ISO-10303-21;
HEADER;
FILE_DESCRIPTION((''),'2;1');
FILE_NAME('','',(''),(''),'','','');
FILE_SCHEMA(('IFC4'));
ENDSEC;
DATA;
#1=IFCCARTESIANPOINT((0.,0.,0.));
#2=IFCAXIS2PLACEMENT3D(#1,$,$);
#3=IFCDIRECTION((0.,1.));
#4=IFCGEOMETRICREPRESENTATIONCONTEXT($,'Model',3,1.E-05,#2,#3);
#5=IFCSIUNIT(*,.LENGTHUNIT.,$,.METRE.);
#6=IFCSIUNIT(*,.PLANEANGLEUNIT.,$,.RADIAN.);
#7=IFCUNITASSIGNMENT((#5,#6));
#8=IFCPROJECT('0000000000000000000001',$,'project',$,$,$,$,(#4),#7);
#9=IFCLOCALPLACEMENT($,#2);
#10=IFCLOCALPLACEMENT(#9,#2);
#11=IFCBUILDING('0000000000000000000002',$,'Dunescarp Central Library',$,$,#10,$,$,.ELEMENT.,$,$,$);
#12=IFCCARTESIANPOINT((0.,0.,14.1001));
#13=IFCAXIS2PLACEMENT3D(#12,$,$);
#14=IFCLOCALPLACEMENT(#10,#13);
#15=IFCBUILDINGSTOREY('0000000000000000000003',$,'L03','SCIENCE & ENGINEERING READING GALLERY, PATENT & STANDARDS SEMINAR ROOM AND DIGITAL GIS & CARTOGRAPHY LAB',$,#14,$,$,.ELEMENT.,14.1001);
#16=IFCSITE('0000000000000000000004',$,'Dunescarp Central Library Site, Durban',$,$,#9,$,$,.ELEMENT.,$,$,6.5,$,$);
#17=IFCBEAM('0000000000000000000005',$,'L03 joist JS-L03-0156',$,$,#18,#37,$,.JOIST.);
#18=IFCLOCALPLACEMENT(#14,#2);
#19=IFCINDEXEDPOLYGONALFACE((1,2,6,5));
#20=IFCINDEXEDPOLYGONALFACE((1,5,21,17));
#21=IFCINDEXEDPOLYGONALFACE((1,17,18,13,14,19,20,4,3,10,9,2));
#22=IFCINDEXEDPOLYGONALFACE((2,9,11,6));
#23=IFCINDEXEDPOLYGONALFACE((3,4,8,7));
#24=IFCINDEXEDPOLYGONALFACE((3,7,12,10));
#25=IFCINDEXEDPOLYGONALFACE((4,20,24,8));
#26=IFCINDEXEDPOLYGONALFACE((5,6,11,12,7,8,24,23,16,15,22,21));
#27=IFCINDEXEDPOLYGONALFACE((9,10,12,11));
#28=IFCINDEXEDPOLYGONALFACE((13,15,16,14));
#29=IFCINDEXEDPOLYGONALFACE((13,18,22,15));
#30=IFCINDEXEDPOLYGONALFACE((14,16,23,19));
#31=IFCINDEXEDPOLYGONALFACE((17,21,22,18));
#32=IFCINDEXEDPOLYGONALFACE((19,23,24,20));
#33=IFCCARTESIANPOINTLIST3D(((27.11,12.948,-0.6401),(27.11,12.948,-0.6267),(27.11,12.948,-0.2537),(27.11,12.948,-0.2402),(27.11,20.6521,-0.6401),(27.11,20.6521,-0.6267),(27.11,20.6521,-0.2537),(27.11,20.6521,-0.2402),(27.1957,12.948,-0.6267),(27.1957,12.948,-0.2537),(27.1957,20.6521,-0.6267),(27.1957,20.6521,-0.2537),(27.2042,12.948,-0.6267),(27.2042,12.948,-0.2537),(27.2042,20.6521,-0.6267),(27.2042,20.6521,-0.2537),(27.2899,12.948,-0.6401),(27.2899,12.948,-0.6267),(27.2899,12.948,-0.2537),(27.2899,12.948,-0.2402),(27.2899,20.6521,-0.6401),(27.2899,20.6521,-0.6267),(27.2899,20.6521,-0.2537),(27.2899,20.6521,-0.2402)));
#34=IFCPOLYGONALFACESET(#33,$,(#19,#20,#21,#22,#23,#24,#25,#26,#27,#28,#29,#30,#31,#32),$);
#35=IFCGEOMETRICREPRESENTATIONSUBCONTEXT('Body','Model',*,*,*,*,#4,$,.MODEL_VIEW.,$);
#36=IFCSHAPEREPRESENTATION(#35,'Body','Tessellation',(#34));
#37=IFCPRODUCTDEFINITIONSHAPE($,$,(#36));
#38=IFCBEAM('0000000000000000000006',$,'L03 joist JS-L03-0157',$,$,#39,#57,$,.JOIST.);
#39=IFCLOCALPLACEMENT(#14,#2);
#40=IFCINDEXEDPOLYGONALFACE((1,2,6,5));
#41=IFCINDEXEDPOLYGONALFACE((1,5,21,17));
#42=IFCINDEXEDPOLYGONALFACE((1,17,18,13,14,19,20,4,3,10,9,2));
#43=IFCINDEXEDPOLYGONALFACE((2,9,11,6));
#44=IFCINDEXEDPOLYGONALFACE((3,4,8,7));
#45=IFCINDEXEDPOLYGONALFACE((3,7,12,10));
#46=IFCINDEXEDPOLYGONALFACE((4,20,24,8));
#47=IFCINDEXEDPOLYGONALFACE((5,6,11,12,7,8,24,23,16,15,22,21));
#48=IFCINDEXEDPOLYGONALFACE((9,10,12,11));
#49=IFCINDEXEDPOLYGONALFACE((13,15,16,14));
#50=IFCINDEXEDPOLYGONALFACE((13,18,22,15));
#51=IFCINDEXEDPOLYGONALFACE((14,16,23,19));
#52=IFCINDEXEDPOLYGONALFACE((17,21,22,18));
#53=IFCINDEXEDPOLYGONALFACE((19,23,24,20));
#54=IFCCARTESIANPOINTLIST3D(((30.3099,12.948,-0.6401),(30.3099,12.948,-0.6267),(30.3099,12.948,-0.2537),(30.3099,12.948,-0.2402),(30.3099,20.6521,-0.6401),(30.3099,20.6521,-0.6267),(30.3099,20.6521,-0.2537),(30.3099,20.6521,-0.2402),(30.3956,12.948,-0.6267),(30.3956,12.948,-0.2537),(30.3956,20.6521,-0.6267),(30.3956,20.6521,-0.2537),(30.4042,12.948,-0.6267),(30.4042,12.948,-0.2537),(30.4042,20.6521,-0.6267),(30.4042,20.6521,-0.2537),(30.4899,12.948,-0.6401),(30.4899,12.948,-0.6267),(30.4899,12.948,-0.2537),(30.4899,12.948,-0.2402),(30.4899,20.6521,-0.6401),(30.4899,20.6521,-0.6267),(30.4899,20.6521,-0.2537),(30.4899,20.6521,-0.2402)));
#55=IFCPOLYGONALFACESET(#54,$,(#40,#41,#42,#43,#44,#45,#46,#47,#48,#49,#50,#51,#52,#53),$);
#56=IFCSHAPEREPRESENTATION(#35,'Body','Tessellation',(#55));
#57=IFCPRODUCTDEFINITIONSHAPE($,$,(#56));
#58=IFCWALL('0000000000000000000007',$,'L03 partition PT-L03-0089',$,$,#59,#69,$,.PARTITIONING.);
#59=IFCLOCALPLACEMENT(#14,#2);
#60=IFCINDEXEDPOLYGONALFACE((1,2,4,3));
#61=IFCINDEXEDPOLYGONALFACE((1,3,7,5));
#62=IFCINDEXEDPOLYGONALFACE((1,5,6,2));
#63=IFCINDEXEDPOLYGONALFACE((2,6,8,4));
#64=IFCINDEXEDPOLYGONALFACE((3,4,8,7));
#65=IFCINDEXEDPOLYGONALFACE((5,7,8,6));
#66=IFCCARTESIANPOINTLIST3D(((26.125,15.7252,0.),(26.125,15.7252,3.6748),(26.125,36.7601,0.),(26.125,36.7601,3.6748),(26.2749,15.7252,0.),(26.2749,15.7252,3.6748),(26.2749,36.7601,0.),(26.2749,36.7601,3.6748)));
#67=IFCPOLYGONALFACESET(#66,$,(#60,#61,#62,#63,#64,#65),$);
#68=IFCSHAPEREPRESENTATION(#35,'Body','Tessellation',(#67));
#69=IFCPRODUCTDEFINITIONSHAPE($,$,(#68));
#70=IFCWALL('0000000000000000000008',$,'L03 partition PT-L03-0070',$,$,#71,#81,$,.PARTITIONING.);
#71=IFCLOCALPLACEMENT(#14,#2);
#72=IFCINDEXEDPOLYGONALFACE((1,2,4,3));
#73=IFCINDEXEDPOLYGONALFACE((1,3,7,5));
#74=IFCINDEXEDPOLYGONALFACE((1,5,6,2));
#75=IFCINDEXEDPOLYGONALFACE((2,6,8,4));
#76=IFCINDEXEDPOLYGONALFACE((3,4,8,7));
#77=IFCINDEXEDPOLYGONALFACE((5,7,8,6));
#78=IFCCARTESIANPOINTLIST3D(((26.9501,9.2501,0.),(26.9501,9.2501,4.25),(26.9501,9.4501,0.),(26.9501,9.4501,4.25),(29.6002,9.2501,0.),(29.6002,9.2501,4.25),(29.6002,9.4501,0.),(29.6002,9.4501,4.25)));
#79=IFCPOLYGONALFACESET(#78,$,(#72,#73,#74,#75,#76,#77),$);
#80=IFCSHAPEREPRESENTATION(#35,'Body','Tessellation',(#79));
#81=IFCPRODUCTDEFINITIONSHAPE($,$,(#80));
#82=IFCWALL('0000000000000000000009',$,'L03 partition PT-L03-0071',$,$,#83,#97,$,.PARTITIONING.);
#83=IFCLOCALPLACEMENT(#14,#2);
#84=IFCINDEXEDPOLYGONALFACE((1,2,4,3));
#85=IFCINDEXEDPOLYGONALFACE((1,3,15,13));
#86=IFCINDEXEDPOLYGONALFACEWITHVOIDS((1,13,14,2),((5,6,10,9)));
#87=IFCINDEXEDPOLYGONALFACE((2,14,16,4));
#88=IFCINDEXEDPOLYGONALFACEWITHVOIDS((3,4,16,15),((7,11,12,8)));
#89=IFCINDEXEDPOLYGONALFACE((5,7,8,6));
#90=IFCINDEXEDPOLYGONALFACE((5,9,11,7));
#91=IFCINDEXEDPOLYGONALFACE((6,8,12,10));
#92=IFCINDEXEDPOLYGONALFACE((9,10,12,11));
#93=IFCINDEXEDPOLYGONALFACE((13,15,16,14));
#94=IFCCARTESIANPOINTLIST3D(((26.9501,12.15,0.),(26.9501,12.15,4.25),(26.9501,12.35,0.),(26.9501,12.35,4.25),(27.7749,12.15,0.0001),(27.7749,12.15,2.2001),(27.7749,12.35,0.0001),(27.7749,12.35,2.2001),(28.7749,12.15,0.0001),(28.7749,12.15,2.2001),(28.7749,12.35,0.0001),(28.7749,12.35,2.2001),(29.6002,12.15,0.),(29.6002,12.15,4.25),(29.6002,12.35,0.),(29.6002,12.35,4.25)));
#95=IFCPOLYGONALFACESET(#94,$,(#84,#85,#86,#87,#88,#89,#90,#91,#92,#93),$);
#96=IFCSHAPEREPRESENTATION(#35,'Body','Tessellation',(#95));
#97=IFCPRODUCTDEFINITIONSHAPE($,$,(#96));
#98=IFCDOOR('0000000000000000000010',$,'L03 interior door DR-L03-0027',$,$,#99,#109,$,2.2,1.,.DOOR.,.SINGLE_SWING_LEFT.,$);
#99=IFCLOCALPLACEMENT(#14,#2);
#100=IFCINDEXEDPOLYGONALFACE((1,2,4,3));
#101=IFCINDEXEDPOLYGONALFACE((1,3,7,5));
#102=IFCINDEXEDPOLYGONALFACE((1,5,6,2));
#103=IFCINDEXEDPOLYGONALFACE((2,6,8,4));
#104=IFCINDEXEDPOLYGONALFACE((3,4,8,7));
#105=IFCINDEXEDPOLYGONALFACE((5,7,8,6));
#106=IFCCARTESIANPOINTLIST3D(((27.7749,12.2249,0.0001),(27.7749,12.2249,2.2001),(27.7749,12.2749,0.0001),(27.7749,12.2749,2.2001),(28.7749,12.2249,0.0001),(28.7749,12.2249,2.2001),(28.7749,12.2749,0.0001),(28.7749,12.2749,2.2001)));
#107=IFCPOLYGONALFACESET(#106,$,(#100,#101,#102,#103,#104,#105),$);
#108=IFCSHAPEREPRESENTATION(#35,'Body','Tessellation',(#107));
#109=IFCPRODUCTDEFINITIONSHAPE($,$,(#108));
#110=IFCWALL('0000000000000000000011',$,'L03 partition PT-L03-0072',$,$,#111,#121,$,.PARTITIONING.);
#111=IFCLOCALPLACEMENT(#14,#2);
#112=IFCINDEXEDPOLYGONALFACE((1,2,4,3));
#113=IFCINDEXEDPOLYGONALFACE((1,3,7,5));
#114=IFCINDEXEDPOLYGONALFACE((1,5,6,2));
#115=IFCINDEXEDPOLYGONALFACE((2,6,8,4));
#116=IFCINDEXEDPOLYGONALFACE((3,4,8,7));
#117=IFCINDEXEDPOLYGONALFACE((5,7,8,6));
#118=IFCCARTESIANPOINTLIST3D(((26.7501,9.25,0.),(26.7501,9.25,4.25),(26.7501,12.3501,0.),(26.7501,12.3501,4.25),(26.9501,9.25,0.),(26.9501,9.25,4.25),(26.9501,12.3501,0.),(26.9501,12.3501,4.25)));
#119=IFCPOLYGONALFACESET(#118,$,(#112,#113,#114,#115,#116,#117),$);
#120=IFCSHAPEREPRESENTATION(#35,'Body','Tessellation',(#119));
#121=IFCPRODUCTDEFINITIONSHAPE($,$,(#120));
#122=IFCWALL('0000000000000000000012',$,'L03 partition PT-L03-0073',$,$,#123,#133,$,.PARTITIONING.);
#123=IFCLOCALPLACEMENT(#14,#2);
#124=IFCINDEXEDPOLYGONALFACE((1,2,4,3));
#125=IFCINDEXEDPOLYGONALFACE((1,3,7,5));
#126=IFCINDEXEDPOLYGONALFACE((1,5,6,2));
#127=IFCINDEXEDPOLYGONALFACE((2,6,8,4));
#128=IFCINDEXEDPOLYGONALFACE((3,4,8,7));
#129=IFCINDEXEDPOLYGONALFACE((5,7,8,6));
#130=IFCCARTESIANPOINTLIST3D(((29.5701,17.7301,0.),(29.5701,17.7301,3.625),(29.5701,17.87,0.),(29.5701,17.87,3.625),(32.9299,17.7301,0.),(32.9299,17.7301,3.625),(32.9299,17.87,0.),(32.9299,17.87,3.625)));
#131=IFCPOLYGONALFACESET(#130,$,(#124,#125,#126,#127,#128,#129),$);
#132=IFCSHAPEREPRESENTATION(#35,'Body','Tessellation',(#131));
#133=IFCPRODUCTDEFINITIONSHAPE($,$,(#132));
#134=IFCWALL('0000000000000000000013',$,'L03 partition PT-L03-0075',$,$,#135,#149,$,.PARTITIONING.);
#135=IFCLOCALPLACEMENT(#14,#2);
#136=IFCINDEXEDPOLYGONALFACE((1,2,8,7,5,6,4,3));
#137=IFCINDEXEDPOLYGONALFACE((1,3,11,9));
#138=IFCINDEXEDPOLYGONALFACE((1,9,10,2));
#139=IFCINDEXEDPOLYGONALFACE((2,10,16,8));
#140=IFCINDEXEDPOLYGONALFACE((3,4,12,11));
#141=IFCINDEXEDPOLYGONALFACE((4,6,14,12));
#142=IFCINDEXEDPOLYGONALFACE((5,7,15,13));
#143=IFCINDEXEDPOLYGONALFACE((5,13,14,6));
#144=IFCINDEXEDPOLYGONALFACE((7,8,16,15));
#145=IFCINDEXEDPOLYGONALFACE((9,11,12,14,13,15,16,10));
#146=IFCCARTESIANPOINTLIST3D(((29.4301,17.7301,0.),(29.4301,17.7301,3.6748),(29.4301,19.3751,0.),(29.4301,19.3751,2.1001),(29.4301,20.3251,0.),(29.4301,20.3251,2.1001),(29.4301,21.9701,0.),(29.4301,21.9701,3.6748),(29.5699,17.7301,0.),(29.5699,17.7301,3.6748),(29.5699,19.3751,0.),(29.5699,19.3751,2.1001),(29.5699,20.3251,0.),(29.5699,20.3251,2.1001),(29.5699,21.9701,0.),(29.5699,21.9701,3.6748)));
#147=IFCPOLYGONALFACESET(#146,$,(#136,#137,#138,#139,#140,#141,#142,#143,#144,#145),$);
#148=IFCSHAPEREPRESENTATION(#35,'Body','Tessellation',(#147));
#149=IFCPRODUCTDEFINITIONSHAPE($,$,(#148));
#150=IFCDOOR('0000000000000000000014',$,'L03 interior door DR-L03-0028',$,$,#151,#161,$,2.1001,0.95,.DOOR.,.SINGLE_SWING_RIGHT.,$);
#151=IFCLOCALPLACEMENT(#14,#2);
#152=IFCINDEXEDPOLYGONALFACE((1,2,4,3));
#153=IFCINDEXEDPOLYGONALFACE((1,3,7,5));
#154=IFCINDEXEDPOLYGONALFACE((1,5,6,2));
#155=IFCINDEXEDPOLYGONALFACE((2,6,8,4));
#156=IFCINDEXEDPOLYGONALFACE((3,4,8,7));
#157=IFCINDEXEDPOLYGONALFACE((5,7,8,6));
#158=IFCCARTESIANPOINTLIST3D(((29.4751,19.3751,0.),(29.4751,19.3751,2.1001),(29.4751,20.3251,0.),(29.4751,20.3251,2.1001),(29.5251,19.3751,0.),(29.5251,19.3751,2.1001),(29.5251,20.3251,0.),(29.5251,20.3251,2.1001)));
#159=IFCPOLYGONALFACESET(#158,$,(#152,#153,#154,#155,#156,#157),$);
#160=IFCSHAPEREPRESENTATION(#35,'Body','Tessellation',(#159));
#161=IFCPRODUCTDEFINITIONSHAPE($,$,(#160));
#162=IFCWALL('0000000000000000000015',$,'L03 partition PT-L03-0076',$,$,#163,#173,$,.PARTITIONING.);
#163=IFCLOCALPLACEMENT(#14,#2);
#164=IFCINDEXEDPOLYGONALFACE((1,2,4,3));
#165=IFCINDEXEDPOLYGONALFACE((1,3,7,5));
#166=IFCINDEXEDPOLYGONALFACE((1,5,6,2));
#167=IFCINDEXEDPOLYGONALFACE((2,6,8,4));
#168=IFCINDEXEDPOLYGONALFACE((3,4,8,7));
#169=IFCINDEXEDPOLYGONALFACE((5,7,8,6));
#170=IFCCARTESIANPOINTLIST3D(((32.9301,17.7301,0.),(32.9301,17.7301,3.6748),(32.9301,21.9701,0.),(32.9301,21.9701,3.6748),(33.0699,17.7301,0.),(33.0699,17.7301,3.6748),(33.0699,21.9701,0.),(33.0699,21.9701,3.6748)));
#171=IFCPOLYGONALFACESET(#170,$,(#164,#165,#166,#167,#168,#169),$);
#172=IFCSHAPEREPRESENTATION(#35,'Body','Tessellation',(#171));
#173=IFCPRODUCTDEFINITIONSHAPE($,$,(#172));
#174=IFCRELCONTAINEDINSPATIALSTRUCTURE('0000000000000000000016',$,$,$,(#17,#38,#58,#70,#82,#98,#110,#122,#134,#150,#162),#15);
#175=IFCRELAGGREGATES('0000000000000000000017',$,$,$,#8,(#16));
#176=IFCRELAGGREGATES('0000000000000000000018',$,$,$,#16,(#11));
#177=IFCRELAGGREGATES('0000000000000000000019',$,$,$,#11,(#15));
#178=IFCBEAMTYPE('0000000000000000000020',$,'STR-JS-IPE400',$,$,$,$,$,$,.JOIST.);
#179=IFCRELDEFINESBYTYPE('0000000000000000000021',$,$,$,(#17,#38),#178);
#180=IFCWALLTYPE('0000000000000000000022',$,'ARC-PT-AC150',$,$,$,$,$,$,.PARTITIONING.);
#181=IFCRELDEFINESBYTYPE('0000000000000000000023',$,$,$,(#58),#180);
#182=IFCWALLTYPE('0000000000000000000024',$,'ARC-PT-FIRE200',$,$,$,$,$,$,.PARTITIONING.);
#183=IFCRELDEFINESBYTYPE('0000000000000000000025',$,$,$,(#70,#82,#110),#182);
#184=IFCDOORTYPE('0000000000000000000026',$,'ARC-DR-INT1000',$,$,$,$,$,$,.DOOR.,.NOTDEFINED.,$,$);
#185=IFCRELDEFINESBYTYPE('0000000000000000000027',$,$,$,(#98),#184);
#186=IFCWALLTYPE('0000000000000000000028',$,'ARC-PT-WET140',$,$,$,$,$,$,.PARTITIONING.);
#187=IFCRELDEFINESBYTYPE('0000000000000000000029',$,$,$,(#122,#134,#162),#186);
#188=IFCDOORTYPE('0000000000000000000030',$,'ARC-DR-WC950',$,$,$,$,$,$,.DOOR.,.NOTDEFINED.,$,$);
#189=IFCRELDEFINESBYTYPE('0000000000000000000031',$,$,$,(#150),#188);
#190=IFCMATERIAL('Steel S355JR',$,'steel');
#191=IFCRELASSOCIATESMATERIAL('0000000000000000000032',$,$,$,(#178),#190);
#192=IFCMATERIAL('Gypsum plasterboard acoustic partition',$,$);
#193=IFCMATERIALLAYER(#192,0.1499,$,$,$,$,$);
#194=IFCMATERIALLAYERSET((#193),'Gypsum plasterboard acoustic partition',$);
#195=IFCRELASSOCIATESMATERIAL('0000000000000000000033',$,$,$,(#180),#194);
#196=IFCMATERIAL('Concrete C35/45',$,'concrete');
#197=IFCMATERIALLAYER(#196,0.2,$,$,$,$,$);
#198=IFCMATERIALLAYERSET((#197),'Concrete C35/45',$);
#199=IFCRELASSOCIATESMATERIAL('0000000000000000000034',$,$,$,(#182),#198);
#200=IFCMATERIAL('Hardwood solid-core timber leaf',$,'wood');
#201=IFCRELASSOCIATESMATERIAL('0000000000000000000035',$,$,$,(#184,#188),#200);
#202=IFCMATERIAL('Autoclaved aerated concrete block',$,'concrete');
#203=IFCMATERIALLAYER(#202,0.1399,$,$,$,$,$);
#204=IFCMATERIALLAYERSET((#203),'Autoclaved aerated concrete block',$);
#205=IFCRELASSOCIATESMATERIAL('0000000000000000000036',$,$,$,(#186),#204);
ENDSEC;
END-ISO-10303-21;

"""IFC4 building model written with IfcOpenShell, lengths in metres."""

from ifc_helpers import new_model, si_unit, direction, frame, frame_2d, origin, origin_2d, place, context, subcontext, project, spatial, rectangle, i_section, extrude, material, layer, layer_set, material_profile, profile_set, type_object, element, fill, save


model = new_model("IFC4")

# Units and contexts
model_context = context("Model", 3, precision=1e-05, world=origin(), true_north=direction((0.0, 1.0)))
body_context = subcontext(model_context, "Body", "Model", "MODEL_VIEW")
ifc_project = project(units=[si_unit("LENGTHUNIT", "METRE"), si_unit("PLANEANGLEUNIT", "RADIAN")], contexts=[model_context])

# Site, building, storey
site_placement = place(None, origin())
site = spatial("IfcSite", under=ifc_project, at=site_placement, Name="Dunescarp Central Library Site, Durban", CompositionType="ELEMENT", RefElevation=6.5)
building_placement = place(site_placement, origin())
building = spatial("IfcBuilding", under=site, at=building_placement, Name="Dunescarp Central Library", CompositionType="ELEMENT")
storey_placement = place(building_placement, frame((0.0, 0.0, 14.1001)))
storey = spatial("IfcBuildingStorey", under=building, at=storey_placement, Name="L03", Description="SCIENCE & ENGINEERING READING GALLERY, PATENT & STANDARDS SEMINAR ROOM AND DIGITAL GIS & CARTOGRAPHY LAB", CompositionType="ELEMENT", Elevation=14.1001)

# Beams
ifc_material_1 = material(Name="Steel S355JR", Category="steel")
ifc_material_profile = material_profile(ifc_material_1, i_section(OverallWidth=0.1799, OverallDepth=0.3999, WebThickness=0.0085, FlangeThickness=0.0134, at=origin_2d()), Name="IPE 400")
ifc_profile_set = profile_set([ifc_material_profile], Name="Steel S355JR")
beam_type = type_object("IfcBeamType", Name="STR-JS-IPE400", PredefinedType="JOIST", material=ifc_profile_set)
for number, where, z_axis, x_axis, name in (
    (1, (27.2, 12.948, -0.4402), (0.0, 1.0, 0.0), (-1.0, 0.0, 0.0), "L03 joist JS-L03-0156"),
    (2, (30.3999, 12.948, -0.4402), (0.0, 1.0, 0.0), (-1.0, 0.0, 0.0), "L03 joist JS-L03-0157"),
):
    element("IfcBeam", number, at=place(storey_placement, frame(where, z_axis=z_axis, x_axis=x_axis)), inside=storey, type_object=beam_type, Name=name, PredefinedType="JOIST", context=body_context, shape_type="SweptSolid", body=[
        extrude(i_section(OverallWidth=0.1799, OverallDepth=0.3999, WebThickness=0.0085, FlangeThickness=0.0134, at=origin_2d()), origin(), (0.0, 0.0, 1.0), 7.7041),
    ])

# Walls
ifc_material_2 = material(Name="Gypsum plasterboard acoustic partition")
ifc_layer_1 = layer(ifc_material_2, 0.1499)
ifc_layer_set_1 = layer_set([ifc_layer_1], Name="Gypsum plasterboard acoustic partition")
wall_type_1 = type_object("IfcWallType", Name="ARC-PT-AC150", PredefinedType="PARTITIONING", material=ifc_layer_set_1)
wall_1_placement = place(storey_placement, frame((26.2, 15.7251, 0.0), z_axis=(0.0, 0.0, 1.0), x_axis=(0.0, 1.0, 0.0)))
element("IfcWall", 3, at=wall_1_placement, inside=storey, type_object=wall_type_1, Name="L03 partition PT-L03-0089", PredefinedType="PARTITIONING", context=body_context, shape_type="SweptSolid", body=[
    extrude(rectangle(XDim=21.0349, YDim=0.1499, at=frame_2d((10.5176, 0.0))), origin(), (0.0, 0.0, 1.0), 3.6748),
])
ifc_material_3 = material(Name="Concrete C35/45", Category="concrete")
ifc_layer_2 = layer(ifc_material_3, 0.2)
ifc_layer_set_2 = layer_set([ifc_layer_2], Name="Concrete C35/45")
wall_type_2 = type_object("IfcWallType", Name="ARC-PT-FIRE200", PredefinedType="PARTITIONING", material=ifc_layer_set_2)
wall_2_placement = place(storey_placement, frame((26.95, 9.3501, 0.0), z_axis=(0.0, 0.0, 1.0), x_axis=(1.0, 0.0, 0.0)))
element("IfcWall", 4, at=wall_2_placement, inside=storey, type_object=wall_type_2, Name="L03 partition PT-L03-0070", PredefinedType="PARTITIONING", context=body_context, shape_type="SweptSolid", body=[
    extrude(rectangle(XDim=2.6501, YDim=0.2, at=frame_2d((1.3252, 0.0))), origin(), (0.0, 0.0, 1.0), 4.25),
])

# Wall, opening, door
wall_3_placement = place(storey_placement, frame((26.95, 12.25, 0.0), z_axis=(0.0, 0.0, 1.0), x_axis=(1.0, 0.0, 0.0)))
wall_3 = element("IfcWall", 5, at=wall_3_placement, inside=storey, type_object=wall_type_2, Name="L03 partition PT-L03-0071", PredefinedType="PARTITIONING", context=body_context, shape_type="SweptSolid", body=[
    extrude(rectangle(XDim=2.6501, YDim=0.2, at=frame_2d((1.3252, 0.0))), origin(), (0.0, 0.0, 1.0), 4.25),
])
opening_1_placement = place(wall_3_placement, frame((0.825, 0.0, 0.0)))
opening_1 = element("IfcOpeningElement", 6, at=opening_1_placement, cuts=wall_3, PredefinedType="OPENING", context=body_context, shape_type="SweptSolid", body=[
    extrude(rectangle(XDim=1.0, YDim=2.2, at=frame_2d((0.5, 1.1001))), frame((0.0, 0.1099, 0.0), z_axis=(0.0, -1.0, 0.0), x_axis=(1.0, 0.0, 0.0)), (0.0, 0.0, 1.0), 0.22),
])
ifc_material_4 = material(Name="Hardwood solid-core timber leaf", Category="wood")
door_type_1 = type_object("IfcDoorType", Name="ARC-DR-INT1000", OperationType="NOTDEFINED", PredefinedType="DOOR", material=ifc_material_4)
door_1_placement = place(opening_1_placement, origin())
door_1 = element("IfcDoor", 7, at=door_1_placement, inside=storey, type_object=door_type_1, Name="L03 interior door DR-L03-0027", OperationType="SINGLE_SWING_LEFT", OverallHeight=2.2, OverallWidth=1.0, PredefinedType="DOOR", context=body_context, shape_type="SweptSolid", body=[
    extrude(rectangle(XDim=1.0, YDim=2.2, at=frame_2d((0.5, 1.1001))), frame((0.0, 0.0249, 0.0), z_axis=(0.0, -1.0, 0.0), x_axis=(1.0, 0.0, 0.0)), (0.0, 0.0, 1.0), 0.05),
])
fill(opening_1, door_1)

# Walls
wall_4_placement = place(storey_placement, frame((26.8501, 9.25, 0.0), z_axis=(0.0, 0.0, 1.0), x_axis=(0.0, 1.0, 0.0)))
element("IfcWall", 8, at=wall_4_placement, inside=storey, type_object=wall_type_2, Name="L03 partition PT-L03-0072", PredefinedType="PARTITIONING", context=body_context, shape_type="SweptSolid", body=[
    extrude(rectangle(XDim=3.1001, YDim=0.2, at=frame_2d((1.55, 0.0))), origin(), (0.0, 0.0, 1.0), 4.25),
])
ifc_material_5 = material(Name="Autoclaved aerated concrete block", Category="concrete")
ifc_layer_3 = layer(ifc_material_5, 0.1399)
ifc_layer_set_3 = layer_set([ifc_layer_3], Name="Autoclaved aerated concrete block")
wall_type_3 = type_object("IfcWallType", Name="ARC-PT-WET140", PredefinedType="PARTITIONING", material=ifc_layer_set_3)
wall_5_placement = place(storey_placement, frame((29.5701, 17.8, 0.0), z_axis=(0.0, 0.0, 1.0), x_axis=(1.0, 0.0, 0.0)))
element("IfcWall", 9, at=wall_5_placement, inside=storey, type_object=wall_type_3, Name="L03 partition PT-L03-0073", PredefinedType="PARTITIONING", context=body_context, shape_type="SweptSolid", body=[
    extrude(rectangle(XDim=3.3599, YDim=0.1399, at=frame_2d((1.6799, 0.0))), origin(), (0.0, 0.0, 1.0), 3.625),
])

# Wall, opening, door
wall_6_placement = place(storey_placement, frame((29.5, 17.73, 0.0), z_axis=(0.0, 0.0, 1.0), x_axis=(0.0, 1.0, 0.0)))
wall_6 = element("IfcWall", 10, at=wall_6_placement, inside=storey, type_object=wall_type_3, Name="L03 partition PT-L03-0075", PredefinedType="PARTITIONING", context=body_context, shape_type="SweptSolid", body=[
    extrude(rectangle(XDim=4.24, YDim=0.1399, at=frame_2d((2.1201, 0.0))), origin(), (0.0, 0.0, 1.0), 3.6748),
])
opening_2_placement = place(wall_6_placement, frame((1.645, 0.0, 0.0)))
opening_2 = element("IfcOpeningElement", 11, at=opening_2_placement, cuts=wall_6, PredefinedType="OPENING", context=body_context, shape_type="SweptSolid", body=[
    extrude(rectangle(XDim=0.95, YDim=2.1001, at=frame_2d((0.4751, 1.05))), frame((0.0, 0.0801, 0.0), z_axis=(0.0, -1.0, 0.0), x_axis=(1.0, 0.0, 0.0)), (0.0, 0.0, 1.0), 0.1599),
])
door_type_2 = type_object("IfcDoorType", Name="ARC-DR-WC950", OperationType="NOTDEFINED", PredefinedType="DOOR", material=ifc_material_4)
door_2_placement = place(opening_2_placement, origin())
door_2 = element("IfcDoor", 12, at=door_2_placement, inside=storey, type_object=door_type_2, Name="L03 interior door DR-L03-0028", OperationType="SINGLE_SWING_RIGHT", OverallHeight=2.1001, OverallWidth=0.95, PredefinedType="DOOR", context=body_context, shape_type="SweptSolid", body=[
    extrude(rectangle(XDim=0.95, YDim=2.1001, at=frame_2d((0.4751, 1.05))), frame((0.0, 0.0249, 0.0), z_axis=(0.0, -1.0, 0.0), x_axis=(1.0, 0.0, 0.0)), (0.0, 0.0, 1.0), 0.05),
])
fill(opening_2, door_2)

# Wall
wall_7_placement = place(storey_placement, frame((33.0, 17.73, 0.0), z_axis=(0.0, 0.0, 1.0), x_axis=(0.0, 1.0, 0.0)))
element("IfcWall", 13, at=wall_7_placement, inside=storey, type_object=wall_type_3, Name="L03 partition PT-L03-0076", PredefinedType="PARTITIONING", context=body_context, shape_type="SweptSolid", body=[
    extrude(rectangle(XDim=4.24, YDim=0.1399, at=frame_2d((2.1201, 0.0))), origin(), (0.0, 0.0, 1.0), 3.6748),
])

save(model, "model.ifc")
